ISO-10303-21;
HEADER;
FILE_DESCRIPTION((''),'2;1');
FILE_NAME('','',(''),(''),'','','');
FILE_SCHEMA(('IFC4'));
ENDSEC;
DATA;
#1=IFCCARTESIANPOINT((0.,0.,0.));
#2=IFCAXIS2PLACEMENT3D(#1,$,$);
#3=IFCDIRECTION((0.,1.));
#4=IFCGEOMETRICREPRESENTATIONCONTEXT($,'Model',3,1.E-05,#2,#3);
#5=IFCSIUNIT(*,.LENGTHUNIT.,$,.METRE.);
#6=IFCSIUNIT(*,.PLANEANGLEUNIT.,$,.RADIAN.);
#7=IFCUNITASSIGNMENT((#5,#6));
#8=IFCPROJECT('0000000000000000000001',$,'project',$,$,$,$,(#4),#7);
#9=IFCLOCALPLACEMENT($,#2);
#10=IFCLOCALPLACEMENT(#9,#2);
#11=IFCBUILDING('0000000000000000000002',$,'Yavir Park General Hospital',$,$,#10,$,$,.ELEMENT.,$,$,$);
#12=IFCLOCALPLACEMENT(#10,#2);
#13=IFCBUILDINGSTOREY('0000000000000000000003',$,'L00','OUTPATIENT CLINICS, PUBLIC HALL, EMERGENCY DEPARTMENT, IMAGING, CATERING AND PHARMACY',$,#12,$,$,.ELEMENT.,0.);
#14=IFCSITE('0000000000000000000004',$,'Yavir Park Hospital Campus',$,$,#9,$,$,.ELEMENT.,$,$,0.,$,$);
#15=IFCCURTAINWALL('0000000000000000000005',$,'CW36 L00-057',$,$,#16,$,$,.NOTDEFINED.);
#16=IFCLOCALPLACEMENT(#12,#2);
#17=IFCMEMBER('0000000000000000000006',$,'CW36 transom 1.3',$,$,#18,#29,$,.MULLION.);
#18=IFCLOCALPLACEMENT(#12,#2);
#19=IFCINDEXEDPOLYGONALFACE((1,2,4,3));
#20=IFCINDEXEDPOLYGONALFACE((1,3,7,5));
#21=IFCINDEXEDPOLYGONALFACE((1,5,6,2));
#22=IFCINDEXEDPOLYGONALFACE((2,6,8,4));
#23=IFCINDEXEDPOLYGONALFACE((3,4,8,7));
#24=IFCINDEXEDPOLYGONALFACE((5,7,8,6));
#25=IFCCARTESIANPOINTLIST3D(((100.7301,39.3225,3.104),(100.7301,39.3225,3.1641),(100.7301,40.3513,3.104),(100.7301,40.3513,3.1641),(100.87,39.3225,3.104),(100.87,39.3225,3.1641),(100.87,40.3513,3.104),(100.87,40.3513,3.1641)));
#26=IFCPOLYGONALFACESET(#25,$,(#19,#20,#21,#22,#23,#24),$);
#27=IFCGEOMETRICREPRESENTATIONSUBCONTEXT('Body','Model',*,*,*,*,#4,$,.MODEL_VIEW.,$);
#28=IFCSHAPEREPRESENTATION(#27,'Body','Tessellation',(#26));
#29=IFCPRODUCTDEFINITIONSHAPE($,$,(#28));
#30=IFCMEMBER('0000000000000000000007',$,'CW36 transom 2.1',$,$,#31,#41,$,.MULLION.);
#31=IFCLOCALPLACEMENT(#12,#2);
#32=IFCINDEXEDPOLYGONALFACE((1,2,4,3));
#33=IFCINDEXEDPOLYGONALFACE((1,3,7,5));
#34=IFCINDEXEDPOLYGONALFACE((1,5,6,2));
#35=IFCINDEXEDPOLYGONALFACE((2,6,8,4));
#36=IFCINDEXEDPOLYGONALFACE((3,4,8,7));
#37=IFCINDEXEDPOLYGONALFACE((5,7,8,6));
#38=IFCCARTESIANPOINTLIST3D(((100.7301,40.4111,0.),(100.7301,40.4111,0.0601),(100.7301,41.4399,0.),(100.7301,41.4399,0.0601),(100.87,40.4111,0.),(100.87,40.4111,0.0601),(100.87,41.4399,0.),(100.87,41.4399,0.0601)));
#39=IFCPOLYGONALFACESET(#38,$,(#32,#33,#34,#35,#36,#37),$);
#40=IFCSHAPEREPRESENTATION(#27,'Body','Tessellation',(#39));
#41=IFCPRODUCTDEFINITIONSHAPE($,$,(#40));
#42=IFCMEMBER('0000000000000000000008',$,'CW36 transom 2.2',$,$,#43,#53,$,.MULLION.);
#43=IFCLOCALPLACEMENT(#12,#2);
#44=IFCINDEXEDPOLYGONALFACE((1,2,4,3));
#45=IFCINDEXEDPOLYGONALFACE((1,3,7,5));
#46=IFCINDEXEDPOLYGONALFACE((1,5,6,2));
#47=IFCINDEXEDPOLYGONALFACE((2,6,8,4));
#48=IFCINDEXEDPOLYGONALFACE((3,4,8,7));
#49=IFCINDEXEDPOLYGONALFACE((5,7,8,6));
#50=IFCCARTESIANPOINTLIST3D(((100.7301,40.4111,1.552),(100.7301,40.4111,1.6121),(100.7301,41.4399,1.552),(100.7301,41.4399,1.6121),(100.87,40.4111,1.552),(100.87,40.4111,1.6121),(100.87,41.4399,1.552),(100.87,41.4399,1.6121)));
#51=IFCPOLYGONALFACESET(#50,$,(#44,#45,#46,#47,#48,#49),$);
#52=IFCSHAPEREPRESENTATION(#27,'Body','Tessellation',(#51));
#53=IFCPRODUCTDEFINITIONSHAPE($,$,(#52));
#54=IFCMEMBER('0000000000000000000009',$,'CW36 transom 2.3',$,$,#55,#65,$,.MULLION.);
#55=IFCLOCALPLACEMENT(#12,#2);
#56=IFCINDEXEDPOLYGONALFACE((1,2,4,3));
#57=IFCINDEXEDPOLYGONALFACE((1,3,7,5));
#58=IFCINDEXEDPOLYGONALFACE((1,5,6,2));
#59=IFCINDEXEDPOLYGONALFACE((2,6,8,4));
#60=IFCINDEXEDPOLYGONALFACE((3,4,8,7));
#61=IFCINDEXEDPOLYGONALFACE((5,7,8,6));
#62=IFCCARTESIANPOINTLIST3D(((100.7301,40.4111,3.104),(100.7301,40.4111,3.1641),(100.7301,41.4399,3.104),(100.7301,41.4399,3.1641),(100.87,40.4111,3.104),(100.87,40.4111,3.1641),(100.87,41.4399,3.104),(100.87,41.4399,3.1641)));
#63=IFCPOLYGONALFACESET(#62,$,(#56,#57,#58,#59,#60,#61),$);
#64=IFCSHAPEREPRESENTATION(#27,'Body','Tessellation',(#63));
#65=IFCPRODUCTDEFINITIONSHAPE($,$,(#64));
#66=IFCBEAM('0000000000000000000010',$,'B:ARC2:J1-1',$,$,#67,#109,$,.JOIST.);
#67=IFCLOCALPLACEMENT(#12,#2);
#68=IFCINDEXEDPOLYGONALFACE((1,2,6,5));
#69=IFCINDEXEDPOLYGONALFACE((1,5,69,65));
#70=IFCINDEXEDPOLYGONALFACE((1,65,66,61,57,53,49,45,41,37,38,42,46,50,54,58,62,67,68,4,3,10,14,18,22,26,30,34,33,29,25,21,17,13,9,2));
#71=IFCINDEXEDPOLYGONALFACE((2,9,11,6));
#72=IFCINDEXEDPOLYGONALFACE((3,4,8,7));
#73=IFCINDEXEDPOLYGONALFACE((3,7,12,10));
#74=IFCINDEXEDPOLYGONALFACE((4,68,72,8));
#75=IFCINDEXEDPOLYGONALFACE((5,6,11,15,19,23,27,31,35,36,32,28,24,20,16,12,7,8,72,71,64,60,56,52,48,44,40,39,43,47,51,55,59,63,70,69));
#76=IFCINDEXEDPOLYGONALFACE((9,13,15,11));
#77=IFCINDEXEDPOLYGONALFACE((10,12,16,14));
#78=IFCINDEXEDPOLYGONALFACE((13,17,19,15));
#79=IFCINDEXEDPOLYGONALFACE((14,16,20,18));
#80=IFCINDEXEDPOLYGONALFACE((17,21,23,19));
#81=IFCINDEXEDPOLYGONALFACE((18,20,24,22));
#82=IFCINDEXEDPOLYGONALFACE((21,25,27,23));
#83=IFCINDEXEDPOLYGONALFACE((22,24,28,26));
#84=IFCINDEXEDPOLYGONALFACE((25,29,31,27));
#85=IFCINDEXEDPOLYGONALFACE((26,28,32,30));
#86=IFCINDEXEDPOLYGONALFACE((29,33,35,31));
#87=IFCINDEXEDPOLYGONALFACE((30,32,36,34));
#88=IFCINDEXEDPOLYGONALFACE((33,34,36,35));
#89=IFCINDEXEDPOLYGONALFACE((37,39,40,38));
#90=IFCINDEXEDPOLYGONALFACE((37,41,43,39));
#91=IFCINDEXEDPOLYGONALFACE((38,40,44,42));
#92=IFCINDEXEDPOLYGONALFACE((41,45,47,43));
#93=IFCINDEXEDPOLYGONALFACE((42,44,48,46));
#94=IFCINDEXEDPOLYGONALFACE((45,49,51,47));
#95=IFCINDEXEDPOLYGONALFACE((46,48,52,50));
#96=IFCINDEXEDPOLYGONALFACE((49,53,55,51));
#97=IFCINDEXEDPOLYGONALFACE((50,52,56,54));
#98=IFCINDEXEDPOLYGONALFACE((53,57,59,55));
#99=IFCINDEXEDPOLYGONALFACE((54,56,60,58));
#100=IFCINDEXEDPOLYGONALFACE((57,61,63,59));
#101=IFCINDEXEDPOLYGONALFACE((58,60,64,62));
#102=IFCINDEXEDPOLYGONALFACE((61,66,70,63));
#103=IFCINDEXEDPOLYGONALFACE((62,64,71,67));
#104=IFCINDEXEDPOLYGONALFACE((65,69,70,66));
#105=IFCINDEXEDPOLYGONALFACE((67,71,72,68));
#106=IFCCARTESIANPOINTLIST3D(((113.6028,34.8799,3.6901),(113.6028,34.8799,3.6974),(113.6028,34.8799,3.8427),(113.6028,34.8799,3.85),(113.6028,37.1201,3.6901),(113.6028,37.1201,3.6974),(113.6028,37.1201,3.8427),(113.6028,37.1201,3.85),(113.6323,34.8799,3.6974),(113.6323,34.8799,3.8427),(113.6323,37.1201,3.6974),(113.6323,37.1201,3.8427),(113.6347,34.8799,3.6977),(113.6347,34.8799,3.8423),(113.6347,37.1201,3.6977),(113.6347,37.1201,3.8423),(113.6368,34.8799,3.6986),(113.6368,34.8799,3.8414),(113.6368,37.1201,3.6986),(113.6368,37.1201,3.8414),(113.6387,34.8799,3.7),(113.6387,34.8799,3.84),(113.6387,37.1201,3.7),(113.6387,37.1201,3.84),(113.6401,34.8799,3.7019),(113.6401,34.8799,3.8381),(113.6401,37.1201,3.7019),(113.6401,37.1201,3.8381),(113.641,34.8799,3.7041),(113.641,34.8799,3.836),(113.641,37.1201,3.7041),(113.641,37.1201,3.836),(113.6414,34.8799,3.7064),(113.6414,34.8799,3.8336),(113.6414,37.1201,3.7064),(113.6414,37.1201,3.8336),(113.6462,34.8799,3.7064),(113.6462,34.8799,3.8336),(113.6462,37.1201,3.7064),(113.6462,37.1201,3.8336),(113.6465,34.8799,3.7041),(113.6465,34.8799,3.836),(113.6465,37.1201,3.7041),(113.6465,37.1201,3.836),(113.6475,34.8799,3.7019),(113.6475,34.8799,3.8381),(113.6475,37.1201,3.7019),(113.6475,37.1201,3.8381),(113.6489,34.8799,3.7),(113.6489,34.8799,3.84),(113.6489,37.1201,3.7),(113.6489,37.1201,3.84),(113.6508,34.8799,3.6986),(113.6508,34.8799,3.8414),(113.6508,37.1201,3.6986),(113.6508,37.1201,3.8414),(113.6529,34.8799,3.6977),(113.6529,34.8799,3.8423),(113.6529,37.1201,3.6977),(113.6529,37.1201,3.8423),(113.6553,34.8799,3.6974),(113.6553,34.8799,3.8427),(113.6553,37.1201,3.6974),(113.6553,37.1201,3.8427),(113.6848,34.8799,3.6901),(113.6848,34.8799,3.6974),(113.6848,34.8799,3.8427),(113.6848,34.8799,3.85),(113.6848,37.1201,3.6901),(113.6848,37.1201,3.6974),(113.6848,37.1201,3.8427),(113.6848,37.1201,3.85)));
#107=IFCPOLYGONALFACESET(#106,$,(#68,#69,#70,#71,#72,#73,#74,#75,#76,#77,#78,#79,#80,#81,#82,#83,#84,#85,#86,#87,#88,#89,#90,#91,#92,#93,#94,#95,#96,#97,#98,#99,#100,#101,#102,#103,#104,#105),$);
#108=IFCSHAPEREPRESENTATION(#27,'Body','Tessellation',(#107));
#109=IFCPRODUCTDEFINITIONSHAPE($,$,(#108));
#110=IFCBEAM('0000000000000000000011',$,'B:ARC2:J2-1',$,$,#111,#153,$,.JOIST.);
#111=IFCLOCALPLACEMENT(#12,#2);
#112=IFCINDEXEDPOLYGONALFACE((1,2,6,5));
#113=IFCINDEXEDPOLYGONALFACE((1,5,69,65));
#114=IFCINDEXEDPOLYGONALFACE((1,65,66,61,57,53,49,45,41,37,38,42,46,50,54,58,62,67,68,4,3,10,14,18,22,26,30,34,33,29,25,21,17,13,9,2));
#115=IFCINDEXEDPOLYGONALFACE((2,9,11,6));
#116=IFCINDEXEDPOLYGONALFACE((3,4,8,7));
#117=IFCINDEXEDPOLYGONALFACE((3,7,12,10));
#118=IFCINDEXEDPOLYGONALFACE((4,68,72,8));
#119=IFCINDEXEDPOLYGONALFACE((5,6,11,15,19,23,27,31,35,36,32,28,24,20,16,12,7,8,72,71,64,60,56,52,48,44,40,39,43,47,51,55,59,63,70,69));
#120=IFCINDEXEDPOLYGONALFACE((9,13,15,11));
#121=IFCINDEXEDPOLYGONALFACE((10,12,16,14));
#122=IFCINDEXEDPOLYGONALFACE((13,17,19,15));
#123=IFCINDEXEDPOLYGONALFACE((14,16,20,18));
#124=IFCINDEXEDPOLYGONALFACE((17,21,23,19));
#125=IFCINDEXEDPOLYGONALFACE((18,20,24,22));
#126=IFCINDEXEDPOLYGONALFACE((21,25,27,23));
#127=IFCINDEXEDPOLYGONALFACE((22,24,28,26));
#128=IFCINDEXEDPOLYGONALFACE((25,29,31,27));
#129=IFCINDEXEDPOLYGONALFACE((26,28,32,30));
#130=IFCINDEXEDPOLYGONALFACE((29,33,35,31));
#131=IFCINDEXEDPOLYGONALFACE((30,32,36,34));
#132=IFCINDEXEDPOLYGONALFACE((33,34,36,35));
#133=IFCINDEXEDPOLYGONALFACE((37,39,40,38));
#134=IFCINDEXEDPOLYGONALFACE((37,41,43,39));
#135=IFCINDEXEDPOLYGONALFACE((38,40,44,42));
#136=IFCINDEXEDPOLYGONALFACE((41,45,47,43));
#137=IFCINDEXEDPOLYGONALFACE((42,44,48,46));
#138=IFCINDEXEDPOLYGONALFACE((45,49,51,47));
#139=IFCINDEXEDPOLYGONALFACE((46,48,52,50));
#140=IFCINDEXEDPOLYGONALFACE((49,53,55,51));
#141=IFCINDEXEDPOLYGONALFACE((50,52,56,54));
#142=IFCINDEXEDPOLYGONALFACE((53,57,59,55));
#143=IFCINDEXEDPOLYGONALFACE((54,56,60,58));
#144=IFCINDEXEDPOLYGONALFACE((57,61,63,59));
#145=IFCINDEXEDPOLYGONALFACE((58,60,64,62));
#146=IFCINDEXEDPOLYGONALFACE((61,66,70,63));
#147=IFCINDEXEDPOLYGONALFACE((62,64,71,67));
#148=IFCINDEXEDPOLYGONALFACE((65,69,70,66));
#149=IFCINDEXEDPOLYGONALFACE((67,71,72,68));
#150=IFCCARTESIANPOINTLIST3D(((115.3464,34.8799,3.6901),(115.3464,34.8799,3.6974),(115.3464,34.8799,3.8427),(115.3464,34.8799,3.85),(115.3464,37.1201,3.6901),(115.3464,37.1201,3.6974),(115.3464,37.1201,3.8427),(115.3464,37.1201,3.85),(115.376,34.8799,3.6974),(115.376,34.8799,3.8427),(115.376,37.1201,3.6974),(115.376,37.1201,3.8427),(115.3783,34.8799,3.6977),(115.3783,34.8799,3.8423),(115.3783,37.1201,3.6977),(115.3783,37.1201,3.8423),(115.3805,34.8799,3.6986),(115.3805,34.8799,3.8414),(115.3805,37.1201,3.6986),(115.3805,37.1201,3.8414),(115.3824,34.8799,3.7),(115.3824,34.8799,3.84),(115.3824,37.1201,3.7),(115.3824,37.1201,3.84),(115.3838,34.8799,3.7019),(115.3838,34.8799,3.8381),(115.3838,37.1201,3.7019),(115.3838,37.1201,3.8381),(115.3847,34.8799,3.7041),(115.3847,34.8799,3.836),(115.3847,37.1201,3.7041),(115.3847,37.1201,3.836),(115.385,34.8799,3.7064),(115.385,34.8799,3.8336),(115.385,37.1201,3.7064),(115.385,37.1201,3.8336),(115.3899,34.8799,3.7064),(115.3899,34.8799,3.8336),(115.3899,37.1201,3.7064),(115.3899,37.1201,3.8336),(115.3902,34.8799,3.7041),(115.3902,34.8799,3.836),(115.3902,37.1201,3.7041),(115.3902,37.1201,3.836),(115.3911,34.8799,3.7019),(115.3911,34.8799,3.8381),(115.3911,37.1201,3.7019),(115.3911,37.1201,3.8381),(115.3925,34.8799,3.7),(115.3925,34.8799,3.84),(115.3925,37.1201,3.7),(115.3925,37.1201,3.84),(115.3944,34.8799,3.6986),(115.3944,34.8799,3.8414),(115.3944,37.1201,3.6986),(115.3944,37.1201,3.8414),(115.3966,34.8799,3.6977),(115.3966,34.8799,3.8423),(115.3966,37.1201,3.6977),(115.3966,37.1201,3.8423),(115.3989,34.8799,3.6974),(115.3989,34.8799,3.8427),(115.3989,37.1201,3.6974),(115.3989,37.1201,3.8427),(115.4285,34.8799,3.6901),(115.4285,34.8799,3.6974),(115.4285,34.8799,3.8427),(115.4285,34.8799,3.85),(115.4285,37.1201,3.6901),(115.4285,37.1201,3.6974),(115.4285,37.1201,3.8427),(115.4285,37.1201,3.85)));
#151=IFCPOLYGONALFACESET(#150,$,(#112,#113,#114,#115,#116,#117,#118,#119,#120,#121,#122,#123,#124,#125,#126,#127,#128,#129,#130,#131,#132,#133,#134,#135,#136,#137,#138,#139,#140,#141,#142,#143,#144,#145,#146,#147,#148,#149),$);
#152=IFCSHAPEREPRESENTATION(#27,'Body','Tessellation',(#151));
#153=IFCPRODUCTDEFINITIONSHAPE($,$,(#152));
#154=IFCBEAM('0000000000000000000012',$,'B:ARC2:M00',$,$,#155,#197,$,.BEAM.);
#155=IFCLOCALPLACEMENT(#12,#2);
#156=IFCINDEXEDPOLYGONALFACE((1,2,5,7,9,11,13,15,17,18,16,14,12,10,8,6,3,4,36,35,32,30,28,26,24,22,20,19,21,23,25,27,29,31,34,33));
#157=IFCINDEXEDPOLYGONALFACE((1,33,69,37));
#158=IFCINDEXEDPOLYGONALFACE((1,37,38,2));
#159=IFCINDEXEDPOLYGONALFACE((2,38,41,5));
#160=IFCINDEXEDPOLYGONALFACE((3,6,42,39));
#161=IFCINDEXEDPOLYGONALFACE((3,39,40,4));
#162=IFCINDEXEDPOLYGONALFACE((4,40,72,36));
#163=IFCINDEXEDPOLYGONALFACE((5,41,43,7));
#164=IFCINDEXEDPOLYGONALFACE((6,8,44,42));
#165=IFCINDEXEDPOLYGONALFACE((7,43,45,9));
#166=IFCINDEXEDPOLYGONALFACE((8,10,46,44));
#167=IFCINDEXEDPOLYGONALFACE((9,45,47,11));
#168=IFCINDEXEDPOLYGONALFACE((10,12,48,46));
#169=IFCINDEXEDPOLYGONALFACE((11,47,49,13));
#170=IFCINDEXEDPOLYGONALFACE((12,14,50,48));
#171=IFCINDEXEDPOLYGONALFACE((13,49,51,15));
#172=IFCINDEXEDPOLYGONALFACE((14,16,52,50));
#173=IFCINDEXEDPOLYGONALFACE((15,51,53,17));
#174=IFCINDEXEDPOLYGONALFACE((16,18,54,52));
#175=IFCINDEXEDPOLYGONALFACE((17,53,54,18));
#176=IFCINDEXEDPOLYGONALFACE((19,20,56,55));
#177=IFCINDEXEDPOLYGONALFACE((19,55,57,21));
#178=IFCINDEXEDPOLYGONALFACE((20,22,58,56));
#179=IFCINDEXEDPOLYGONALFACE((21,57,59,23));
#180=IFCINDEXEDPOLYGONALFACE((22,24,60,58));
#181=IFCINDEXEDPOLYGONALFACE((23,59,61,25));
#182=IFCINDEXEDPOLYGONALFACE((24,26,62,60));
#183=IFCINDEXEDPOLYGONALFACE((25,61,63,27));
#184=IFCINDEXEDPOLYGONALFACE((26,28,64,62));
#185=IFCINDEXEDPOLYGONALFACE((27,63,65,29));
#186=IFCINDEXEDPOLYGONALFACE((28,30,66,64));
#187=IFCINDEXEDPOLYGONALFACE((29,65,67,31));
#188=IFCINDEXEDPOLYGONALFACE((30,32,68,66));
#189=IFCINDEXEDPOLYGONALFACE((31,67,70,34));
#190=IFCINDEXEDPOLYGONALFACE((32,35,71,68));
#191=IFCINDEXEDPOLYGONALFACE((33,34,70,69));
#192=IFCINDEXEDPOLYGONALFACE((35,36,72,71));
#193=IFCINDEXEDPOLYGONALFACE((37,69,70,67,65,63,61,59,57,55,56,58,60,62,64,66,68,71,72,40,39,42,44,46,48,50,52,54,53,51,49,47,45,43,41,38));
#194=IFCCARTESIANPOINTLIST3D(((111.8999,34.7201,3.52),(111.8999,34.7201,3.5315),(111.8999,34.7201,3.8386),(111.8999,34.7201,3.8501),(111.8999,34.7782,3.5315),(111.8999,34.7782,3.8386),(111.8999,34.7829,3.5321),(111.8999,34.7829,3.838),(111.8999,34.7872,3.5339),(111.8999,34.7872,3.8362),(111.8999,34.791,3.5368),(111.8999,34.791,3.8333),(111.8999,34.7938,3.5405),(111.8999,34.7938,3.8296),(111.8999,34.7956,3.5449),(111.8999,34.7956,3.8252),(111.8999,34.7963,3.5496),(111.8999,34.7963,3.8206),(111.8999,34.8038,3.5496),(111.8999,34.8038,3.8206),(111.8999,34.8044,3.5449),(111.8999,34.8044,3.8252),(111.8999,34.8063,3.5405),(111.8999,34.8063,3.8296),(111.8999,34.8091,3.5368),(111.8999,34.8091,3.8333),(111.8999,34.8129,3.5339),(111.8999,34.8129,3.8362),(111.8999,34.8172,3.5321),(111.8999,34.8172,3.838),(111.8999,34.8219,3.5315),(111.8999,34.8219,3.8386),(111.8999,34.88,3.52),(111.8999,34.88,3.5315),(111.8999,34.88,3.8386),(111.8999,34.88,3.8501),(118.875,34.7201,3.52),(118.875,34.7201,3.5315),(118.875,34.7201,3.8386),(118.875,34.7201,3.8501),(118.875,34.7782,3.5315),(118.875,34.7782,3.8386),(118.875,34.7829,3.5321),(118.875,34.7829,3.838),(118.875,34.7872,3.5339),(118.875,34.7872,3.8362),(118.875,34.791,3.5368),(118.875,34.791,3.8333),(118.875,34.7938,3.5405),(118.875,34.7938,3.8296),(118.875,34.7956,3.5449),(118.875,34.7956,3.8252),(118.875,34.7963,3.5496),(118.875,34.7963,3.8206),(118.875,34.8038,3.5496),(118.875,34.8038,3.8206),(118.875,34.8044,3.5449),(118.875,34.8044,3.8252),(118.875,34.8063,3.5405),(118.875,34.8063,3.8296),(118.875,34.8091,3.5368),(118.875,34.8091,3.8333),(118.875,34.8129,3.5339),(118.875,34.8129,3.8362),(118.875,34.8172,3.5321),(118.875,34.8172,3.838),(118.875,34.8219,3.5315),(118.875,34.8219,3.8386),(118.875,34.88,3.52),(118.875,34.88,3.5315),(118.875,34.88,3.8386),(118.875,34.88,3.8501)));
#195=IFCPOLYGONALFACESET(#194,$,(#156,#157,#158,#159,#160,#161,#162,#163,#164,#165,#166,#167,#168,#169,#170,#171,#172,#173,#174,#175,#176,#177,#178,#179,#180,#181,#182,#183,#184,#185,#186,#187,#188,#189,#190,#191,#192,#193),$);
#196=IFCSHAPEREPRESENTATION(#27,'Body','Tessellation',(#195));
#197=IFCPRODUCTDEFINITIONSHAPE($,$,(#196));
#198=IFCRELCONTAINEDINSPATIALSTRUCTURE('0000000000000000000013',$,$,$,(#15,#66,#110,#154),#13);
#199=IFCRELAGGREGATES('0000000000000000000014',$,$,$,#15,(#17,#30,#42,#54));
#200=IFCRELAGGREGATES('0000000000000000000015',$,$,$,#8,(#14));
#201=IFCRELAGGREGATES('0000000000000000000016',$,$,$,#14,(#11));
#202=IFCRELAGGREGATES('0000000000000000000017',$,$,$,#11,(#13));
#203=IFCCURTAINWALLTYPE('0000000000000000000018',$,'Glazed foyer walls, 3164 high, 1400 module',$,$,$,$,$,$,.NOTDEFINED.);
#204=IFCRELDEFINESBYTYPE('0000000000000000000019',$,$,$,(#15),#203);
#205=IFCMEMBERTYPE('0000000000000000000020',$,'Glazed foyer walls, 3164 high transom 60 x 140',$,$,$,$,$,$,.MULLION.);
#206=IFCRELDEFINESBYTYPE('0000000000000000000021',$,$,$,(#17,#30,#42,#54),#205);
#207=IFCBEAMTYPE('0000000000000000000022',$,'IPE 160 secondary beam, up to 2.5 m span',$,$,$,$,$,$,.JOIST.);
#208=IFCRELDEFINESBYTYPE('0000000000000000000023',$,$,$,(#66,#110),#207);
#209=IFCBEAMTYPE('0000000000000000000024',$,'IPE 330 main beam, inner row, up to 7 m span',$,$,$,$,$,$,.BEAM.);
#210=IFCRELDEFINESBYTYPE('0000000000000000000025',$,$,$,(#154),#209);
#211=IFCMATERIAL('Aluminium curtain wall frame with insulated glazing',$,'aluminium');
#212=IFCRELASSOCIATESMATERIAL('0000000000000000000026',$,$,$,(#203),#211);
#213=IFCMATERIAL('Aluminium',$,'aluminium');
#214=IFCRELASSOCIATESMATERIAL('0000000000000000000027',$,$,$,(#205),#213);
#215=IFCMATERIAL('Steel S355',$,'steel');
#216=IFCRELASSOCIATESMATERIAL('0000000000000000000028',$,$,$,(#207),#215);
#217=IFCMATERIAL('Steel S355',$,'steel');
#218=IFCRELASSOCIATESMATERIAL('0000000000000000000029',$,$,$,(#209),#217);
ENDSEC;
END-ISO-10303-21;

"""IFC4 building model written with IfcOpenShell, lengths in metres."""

from ifc_helpers import new_model, si_unit, direction, frame, origin, origin_2d, place, context, subcontext, project, spatial, rectangle, i_section, extrude, material, material_profile, profile_set, type_object, element, aggregate, save


model = new_model("IFC4")

# Units and contexts
model_context = context("Model", 3, precision=1e-05, world=origin(), true_north=direction((0.0, 1.0)))
body_context = subcontext(model_context, "Body", "Model", "MODEL_VIEW")
ifc_project = project(units=[si_unit("LENGTHUNIT", "METRE"), si_unit("PLANEANGLEUNIT", "RADIAN")], contexts=[model_context])

# Site, building, storey
site_placement = place(None, origin())
site = spatial("IfcSite", under=ifc_project, at=site_placement, Name="Yavir Park Hospital Campus", CompositionType="ELEMENT", RefElevation=0.0)
building_placement = place(site_placement, origin())
building = spatial("IfcBuilding", under=site, at=building_placement, Name="Yavir Park General Hospital", CompositionType="ELEMENT")
storey_placement = place(building_placement, origin())
storey = spatial("IfcBuildingStorey", under=building, at=storey_placement, Name="L00", Description="OUTPATIENT CLINICS, PUBLIC HALL, EMERGENCY DEPARTMENT, IMAGING, CATERING AND PHARMACY", CompositionType="ELEMENT", Elevation=0.0)

# Shared definitions
ifc_material_1 = material(Name="Aluminium curtain wall frame with insulated glazing", Category="aluminium")
curtain_wall_type = type_object("IfcCurtainWallType", Name="Glazed foyer walls, 3164 high, 1400 module", PredefinedType="NOTDEFINED", material=ifc_material_1)

# Curtain wall, members
curtain_wall_1_placement = place(storey_placement, origin())
curtain_wall_1 = element("IfcCurtainWall", 1, at=curtain_wall_1_placement, inside=storey, type_object=curtain_wall_type, Name="CW36 L00-057", PredefinedType="NOTDEFINED")
ifc_material_2 = material(Name="Aluminium", Category="aluminium")
ifc_material_profile_1 = material_profile(ifc_material_2, rectangle(XDim=0.1399, YDim=0.0601, at=origin_2d()), Name="AL 140x60")
ifc_profile_set_1 = profile_set([ifc_material_profile_1], Name="Aluminium")
member_type_1 = type_object("IfcMemberType", Name="Glazed foyer walls, 3164 high transom 60 x 140", PredefinedType="MULLION", material=ifc_profile_set_1)
member_1_placement = place(storey_placement, frame((100.8, 39.3225, 3.134), z_axis=(0.0, 1.0, 0.0), x_axis=(-1.0, 0.0, 0.0)))
member_1 = element("IfcMember", 2, at=member_1_placement, type_object=member_type_1, Name="CW36 transom 1.3", PredefinedType="MULLION", context=body_context, shape_type="SweptSolid", body=[
    extrude(rectangle(XDim=0.1399, YDim=0.0601, at=origin_2d()), origin(), (0.0, 0.0, 1.0), 1.0288),
])
member_2_placement = place(storey_placement, frame((100.8, 40.4111, 0.03), z_axis=(0.0, 1.0, 0.0), x_axis=(-1.0, 0.0, 0.0)))
member_2 = element("IfcMember", 3, at=member_2_placement, type_object=member_type_1, Name="CW36 transom 2.1", PredefinedType="MULLION", context=body_context, shape_type="SweptSolid", body=[
    extrude(rectangle(XDim=0.1399, YDim=0.0601, at=origin_2d()), origin(), (0.0, 0.0, 1.0), 1.0288),
])
member_3_placement = place(storey_placement, frame((100.8, 40.4111, 1.582), z_axis=(0.0, 1.0, 0.0), x_axis=(-1.0, 0.0, 0.0)))
member_3 = element("IfcMember", 4, at=member_3_placement, type_object=member_type_1, Name="CW36 transom 2.2", PredefinedType="MULLION", context=body_context, shape_type="SweptSolid", body=[
    extrude(rectangle(XDim=0.1399, YDim=0.0601, at=origin_2d()), origin(), (0.0, 0.0, 1.0), 1.0288),
])
member_4_placement = place(storey_placement, frame((100.8, 40.4111, 3.134), z_axis=(0.0, 1.0, 0.0), x_axis=(-1.0, 0.0, 0.0)))
member_4 = element("IfcMember", 5, at=member_4_placement, type_object=member_type_1, Name="CW36 transom 2.3", PredefinedType="MULLION", context=body_context, shape_type="SweptSolid", body=[
    extrude(rectangle(XDim=0.1399, YDim=0.0601, at=origin_2d()), origin(), (0.0, 0.0, 1.0), 1.0288),
])

# Beams
ifc_material_3 = material(Name="Steel S355", Category="steel")
ifc_material_profile_2 = material_profile(ifc_material_3, i_section(OverallWidth=0.082, OverallDepth=0.1599, WebThickness=0.0049, FlangeThickness=0.0073, FilletRadius=0.009, at=origin_2d()), Name="IPE160")
ifc_profile_set_2 = profile_set([ifc_material_profile_2], Name="Steel S355")
beam_type_1 = type_object("IfcBeamType", Name="IPE 160 secondary beam, up to 2.5 m span", PredefinedType="JOIST", material=ifc_profile_set_2)
for number, where, z_axis, x_axis, name in (
    (6, (113.6438, 34.8799, 3.77), (0.0, 1.0, 0.0), (-1.0, 0.0, 0.0), "B:ARC2:J1-1"),
    (7, (115.3875, 34.8799, 3.77), (0.0, 1.0, 0.0), (-1.0, 0.0, 0.0), "B:ARC2:J2-1"),
):
    element("IfcBeam", number, at=place(storey_placement, frame(where, z_axis=z_axis, x_axis=x_axis)), inside=storey, type_object=beam_type_1, Name=name, PredefinedType="JOIST", context=body_context, shape_type="SweptSolid", body=[
        extrude(i_section(OverallWidth=0.082, OverallDepth=0.1599, WebThickness=0.0049, FlangeThickness=0.0073, FilletRadius=0.009, at=origin_2d()), origin(), (0.0, 0.0, 1.0), 2.2402),
    ])
ifc_material_4 = material(Name="Steel S355", Category="steel")
ifc_material_profile_3 = material_profile(ifc_material_4, i_section(OverallWidth=0.1599, OverallDepth=0.3301, WebThickness=0.0076, FlangeThickness=0.0115, FilletRadius=0.0181, at=origin_2d()), Name="IPE330")
ifc_profile_set_3 = profile_set([ifc_material_profile_3], Name="Steel S355")
beam_type_2 = type_object("IfcBeamType", Name="IPE 330 main beam, inner row, up to 7 m span", PredefinedType="BEAM", material=ifc_profile_set_3)
beam_1_placement = place(storey_placement, frame((111.8999, 34.8, 3.6851), z_axis=(1.0, 0.0, 0.0), x_axis=(0.0, 1.0, 0.0)))
element("IfcBeam", 8, at=beam_1_placement, inside=storey, type_object=beam_type_2, Name="B:ARC2:M00", PredefinedType="BEAM", context=body_context, shape_type="SweptSolid", body=[
    extrude(i_section(OverallWidth=0.1599, OverallDepth=0.3301, WebThickness=0.0076, FlangeThickness=0.0115, FilletRadius=0.0181, at=origin_2d()), origin(), (0.0, 0.0, 1.0), 6.9751),
])

aggregate(curtain_wall_1, [member_1, member_2, member_3, member_4])

save(model, "model.ifc")
